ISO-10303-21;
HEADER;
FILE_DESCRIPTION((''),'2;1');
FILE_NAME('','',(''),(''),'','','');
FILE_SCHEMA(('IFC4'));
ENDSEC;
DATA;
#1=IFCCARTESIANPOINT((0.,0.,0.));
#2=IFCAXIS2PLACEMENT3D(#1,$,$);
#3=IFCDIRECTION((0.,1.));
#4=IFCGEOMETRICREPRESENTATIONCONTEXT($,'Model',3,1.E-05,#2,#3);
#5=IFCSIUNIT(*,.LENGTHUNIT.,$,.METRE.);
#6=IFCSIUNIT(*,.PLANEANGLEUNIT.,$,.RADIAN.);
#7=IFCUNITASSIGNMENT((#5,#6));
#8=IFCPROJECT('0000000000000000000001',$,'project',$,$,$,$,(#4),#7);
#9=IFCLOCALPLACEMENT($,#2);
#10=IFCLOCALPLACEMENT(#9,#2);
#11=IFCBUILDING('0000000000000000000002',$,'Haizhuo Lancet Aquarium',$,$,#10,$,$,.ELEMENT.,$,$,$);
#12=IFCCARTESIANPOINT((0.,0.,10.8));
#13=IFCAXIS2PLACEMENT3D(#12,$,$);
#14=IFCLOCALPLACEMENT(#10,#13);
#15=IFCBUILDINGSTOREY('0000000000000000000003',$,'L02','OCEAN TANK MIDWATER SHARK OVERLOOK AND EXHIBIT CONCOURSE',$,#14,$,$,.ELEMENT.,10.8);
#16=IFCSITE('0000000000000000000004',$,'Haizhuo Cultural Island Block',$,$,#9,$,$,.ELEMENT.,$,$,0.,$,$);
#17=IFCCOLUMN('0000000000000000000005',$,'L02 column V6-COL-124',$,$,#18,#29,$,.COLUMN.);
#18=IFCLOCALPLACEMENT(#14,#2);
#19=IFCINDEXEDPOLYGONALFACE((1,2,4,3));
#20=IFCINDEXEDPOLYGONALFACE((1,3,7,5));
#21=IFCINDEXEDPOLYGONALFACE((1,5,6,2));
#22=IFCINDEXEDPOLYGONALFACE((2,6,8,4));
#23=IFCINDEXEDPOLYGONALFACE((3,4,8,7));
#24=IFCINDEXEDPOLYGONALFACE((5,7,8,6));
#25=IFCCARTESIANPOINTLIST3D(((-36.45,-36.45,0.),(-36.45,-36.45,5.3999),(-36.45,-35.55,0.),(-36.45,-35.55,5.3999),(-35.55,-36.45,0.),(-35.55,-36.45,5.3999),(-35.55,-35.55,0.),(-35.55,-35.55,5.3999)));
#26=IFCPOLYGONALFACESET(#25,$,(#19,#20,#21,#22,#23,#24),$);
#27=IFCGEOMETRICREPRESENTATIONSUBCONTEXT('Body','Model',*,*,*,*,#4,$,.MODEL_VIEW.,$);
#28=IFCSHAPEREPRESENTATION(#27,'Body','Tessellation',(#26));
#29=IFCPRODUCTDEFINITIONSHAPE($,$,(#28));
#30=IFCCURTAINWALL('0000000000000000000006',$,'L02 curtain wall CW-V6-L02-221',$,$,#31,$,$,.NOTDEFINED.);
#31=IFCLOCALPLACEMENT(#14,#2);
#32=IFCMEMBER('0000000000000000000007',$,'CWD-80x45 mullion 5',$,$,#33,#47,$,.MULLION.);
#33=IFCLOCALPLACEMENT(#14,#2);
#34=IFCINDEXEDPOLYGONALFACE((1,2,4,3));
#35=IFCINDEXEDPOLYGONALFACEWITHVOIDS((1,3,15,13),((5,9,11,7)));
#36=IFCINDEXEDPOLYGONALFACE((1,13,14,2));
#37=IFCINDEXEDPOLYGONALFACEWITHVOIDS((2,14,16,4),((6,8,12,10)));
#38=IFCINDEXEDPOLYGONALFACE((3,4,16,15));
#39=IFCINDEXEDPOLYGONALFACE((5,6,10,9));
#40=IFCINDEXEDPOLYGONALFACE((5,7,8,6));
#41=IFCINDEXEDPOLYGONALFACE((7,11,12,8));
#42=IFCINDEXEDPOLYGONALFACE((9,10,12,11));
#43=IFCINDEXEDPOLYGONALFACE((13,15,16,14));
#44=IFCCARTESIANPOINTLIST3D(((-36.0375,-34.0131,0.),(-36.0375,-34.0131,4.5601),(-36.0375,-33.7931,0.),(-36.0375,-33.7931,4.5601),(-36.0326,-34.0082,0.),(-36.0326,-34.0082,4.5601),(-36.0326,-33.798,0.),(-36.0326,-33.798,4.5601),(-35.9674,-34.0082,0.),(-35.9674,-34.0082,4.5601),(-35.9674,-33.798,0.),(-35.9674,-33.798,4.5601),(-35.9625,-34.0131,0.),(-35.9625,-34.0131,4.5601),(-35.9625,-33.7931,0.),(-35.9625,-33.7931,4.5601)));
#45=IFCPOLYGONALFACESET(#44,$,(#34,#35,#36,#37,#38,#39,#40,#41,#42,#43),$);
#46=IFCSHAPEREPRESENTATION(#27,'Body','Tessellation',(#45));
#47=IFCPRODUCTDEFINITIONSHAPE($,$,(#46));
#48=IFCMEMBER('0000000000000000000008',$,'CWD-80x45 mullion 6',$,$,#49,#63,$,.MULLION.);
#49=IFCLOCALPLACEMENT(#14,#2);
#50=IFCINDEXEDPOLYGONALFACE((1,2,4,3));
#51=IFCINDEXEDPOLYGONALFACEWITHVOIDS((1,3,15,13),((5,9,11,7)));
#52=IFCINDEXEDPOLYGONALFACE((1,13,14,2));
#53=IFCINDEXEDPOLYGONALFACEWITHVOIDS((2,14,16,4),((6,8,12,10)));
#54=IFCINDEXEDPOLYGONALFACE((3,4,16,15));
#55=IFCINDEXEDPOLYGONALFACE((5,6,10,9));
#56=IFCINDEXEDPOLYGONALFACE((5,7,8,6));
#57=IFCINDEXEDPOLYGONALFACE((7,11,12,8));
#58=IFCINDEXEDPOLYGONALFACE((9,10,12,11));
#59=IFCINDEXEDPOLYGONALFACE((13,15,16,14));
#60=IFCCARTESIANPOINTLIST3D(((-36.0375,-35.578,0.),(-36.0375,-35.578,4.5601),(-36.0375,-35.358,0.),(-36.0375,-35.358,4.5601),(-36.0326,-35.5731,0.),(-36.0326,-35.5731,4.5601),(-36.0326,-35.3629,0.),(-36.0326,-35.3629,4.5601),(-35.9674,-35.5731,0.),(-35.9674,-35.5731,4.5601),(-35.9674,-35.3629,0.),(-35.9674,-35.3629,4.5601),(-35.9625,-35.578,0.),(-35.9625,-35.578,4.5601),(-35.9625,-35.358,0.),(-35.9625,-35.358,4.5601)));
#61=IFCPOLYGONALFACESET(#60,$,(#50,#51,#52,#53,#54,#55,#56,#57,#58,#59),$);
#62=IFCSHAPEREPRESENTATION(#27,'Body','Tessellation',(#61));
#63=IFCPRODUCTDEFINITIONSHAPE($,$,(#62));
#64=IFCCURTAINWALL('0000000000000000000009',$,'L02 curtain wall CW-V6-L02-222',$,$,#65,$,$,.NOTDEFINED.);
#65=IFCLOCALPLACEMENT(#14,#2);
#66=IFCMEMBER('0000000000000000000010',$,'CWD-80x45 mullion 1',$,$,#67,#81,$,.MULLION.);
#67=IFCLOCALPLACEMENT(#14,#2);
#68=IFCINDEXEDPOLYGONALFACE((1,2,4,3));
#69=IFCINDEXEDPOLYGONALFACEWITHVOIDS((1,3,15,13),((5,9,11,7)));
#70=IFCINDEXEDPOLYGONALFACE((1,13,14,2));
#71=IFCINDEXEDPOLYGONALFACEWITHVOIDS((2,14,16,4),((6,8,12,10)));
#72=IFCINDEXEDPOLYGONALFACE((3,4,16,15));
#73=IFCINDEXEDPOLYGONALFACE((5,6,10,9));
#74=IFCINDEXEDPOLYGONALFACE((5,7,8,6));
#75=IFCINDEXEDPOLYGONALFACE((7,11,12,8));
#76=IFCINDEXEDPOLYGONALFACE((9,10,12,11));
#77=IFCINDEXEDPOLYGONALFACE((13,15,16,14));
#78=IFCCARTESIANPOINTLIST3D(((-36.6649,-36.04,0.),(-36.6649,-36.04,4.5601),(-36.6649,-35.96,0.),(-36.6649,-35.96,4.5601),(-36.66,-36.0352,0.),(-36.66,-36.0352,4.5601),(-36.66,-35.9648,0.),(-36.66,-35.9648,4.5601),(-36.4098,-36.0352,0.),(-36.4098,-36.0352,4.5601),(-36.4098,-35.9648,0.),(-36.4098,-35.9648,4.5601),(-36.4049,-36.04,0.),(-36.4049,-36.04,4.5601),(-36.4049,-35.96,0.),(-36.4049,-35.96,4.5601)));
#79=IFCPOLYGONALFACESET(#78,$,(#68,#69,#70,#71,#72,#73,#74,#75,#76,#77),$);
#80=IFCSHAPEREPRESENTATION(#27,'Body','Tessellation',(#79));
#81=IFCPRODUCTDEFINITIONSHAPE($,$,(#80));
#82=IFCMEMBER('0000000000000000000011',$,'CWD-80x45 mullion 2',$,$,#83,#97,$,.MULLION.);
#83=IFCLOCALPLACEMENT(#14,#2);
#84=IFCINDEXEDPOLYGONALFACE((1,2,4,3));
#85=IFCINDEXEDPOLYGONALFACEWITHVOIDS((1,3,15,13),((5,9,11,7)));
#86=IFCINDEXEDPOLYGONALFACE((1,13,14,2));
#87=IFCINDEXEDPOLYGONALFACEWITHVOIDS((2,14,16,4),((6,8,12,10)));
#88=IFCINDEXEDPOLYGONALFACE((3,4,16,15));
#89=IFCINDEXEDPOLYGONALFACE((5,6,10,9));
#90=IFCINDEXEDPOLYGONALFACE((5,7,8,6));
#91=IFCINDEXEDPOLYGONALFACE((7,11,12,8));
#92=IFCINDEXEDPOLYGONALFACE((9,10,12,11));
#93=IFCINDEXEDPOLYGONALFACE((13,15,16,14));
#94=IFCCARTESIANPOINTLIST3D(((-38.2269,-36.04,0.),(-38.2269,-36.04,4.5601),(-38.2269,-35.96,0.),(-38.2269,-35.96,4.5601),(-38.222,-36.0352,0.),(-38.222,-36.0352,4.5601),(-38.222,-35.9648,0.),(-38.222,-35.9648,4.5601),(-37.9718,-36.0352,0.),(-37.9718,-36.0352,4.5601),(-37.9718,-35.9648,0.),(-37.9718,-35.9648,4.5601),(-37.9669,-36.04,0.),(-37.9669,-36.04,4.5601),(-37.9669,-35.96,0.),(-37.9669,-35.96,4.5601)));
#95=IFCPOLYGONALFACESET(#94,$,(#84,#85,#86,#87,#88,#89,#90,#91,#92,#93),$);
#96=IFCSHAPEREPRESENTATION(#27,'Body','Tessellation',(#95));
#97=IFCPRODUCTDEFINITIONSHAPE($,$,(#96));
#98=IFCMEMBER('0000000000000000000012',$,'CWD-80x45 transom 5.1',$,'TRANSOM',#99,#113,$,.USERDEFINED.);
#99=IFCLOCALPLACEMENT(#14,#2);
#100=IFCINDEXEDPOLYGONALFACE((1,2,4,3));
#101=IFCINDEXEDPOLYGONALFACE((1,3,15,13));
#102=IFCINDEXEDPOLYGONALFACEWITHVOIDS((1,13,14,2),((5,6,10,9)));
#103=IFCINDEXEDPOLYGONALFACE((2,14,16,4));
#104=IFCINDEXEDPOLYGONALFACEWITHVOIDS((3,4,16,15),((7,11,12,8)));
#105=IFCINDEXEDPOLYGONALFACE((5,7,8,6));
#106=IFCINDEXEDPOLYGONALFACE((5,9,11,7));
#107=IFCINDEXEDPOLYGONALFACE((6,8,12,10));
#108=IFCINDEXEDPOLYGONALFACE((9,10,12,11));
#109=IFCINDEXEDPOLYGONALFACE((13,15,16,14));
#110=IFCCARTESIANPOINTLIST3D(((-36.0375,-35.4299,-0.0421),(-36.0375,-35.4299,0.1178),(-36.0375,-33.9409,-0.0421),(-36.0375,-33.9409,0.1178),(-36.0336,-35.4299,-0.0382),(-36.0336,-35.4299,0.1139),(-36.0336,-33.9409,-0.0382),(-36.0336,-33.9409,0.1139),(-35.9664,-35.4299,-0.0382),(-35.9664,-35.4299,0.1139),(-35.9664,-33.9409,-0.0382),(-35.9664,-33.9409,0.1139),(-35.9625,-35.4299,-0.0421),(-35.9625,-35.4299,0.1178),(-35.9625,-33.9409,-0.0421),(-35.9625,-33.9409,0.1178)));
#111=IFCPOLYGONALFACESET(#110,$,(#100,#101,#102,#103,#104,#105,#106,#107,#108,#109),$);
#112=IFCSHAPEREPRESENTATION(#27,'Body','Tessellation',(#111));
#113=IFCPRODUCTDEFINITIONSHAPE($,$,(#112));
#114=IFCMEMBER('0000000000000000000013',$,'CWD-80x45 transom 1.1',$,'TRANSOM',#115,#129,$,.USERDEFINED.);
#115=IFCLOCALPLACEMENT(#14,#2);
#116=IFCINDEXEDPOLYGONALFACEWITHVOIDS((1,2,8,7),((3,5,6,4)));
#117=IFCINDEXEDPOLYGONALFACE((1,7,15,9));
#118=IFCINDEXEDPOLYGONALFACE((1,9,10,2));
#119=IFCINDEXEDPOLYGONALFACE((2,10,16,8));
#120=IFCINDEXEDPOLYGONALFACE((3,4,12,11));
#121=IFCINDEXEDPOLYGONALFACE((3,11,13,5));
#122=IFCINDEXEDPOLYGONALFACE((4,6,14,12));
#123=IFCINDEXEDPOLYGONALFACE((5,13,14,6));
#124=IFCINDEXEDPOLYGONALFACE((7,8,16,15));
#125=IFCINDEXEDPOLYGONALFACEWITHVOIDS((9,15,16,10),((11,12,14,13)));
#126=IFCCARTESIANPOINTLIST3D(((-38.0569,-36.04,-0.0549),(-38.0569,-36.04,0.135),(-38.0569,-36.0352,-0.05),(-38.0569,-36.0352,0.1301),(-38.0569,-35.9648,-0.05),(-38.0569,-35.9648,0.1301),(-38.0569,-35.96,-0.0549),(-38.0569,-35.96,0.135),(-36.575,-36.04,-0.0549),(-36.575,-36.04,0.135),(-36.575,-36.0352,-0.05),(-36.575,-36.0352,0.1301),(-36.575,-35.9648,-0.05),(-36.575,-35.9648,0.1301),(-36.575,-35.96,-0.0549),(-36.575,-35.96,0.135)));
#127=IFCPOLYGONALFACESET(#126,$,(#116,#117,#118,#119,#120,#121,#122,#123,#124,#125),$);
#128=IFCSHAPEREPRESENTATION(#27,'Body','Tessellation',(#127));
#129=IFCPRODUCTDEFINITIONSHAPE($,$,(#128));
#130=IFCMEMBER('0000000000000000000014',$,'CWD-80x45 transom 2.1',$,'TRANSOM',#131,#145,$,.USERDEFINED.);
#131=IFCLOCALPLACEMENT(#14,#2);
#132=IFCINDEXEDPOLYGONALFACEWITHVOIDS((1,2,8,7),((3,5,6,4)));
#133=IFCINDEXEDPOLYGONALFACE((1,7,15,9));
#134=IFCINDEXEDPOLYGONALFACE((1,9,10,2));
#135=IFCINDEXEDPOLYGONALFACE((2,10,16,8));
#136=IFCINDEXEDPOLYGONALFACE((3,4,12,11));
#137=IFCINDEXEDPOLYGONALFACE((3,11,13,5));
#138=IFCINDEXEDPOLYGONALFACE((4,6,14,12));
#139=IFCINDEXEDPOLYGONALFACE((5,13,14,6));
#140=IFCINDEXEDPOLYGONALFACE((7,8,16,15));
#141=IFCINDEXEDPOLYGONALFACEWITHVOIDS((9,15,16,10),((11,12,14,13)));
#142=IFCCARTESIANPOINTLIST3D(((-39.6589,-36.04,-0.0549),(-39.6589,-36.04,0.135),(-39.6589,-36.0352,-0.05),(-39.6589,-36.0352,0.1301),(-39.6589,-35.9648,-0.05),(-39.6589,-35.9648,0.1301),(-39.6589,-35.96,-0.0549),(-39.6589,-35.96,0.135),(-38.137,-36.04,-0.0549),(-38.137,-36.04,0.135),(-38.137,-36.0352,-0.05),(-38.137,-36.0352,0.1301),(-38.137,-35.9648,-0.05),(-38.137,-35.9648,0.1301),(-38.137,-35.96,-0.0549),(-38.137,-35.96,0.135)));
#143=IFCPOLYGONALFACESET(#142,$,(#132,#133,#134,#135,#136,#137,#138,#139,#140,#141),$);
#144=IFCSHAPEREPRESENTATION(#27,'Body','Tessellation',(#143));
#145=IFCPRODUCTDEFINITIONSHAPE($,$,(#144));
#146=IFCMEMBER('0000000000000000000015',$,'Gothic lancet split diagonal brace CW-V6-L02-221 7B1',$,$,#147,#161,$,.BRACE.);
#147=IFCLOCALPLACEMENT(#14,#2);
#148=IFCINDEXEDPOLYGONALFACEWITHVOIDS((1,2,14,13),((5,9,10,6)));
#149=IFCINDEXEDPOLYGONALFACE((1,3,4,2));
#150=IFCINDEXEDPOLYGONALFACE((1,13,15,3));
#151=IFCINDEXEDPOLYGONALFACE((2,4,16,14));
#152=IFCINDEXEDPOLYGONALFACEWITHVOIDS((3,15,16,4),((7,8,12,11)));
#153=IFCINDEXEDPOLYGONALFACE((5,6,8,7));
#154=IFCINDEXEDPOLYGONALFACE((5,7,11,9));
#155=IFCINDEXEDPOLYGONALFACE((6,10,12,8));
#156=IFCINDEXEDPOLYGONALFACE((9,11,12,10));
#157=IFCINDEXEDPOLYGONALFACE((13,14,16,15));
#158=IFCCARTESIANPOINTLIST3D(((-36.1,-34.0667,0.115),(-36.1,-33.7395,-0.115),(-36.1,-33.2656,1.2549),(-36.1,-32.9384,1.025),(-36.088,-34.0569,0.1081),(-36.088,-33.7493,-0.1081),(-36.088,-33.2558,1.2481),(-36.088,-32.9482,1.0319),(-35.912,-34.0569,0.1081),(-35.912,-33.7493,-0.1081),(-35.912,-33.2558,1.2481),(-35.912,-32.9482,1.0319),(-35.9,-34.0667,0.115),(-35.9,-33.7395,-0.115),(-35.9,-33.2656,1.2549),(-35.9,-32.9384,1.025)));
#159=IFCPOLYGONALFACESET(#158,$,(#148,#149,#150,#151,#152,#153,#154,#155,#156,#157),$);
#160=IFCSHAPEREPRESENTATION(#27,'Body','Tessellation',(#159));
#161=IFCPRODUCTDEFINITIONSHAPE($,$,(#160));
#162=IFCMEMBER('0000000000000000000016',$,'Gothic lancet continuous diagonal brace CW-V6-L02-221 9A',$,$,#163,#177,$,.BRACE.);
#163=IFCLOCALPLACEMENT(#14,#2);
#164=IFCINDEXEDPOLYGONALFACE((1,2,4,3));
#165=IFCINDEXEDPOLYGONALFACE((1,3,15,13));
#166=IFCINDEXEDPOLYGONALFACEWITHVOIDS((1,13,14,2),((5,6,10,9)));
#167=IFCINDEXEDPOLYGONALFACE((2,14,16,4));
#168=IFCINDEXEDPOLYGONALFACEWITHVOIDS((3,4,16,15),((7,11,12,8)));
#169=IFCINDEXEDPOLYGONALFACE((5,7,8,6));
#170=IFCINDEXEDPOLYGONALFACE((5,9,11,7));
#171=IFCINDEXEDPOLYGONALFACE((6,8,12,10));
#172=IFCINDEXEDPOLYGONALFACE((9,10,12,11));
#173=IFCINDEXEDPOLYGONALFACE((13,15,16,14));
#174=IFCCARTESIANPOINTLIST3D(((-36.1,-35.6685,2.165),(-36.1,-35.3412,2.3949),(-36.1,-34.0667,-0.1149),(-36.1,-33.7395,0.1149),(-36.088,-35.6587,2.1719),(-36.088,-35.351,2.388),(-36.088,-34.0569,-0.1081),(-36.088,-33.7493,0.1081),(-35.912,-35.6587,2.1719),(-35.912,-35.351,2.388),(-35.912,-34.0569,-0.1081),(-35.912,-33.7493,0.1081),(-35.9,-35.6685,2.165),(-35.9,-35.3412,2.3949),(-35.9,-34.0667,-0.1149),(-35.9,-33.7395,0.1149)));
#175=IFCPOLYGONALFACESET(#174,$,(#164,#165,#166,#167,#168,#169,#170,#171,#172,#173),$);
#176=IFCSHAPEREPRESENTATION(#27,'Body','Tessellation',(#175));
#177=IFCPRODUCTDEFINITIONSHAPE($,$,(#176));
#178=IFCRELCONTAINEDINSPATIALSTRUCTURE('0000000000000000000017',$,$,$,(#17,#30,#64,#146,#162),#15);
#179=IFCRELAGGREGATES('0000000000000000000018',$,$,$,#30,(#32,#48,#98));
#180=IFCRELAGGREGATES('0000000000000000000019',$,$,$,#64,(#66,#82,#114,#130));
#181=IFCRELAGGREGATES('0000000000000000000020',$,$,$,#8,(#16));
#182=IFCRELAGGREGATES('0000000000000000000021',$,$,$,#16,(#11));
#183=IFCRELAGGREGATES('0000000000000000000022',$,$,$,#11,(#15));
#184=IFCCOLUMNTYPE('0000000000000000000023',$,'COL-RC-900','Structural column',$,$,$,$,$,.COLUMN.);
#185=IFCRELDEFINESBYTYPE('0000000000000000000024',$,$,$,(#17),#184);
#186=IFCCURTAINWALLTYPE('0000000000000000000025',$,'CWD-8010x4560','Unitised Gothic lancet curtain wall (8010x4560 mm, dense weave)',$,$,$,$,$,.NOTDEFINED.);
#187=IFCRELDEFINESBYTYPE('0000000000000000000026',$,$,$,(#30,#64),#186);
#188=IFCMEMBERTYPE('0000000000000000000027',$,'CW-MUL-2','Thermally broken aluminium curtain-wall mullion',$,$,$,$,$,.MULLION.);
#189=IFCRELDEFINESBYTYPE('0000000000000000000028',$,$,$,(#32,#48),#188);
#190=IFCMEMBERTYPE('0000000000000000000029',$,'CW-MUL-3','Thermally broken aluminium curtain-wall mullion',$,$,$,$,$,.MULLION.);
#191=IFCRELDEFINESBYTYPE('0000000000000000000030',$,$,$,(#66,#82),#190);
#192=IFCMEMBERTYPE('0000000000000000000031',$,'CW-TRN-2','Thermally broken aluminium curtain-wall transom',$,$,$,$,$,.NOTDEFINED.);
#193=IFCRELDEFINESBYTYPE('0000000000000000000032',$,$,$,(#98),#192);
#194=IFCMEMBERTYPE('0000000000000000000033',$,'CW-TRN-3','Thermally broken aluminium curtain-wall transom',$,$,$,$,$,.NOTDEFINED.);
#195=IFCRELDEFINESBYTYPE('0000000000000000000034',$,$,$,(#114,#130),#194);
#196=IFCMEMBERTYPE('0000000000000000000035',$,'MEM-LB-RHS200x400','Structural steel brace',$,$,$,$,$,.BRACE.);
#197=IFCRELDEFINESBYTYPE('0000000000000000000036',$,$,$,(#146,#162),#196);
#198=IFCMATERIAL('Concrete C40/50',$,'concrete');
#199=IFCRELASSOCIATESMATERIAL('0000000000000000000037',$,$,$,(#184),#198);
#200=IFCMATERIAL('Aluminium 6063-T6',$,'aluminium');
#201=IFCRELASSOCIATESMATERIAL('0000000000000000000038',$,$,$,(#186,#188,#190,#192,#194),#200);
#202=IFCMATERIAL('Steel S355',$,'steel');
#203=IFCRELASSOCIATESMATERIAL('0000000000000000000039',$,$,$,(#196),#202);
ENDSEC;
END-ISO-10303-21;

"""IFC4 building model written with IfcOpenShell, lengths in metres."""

from ifc_helpers import new_model, si_unit, direction, frame, origin, origin_2d, place, context, subcontext, project, spatial, rectangle, hollow_rectangle, extrude, material, material_profile, profile_set, type_object, element, aggregate, save


model = new_model("IFC4")

# Units and contexts
model_context = context("Model", 3, precision=1e-05, world=origin(), true_north=direction((0.0, 1.0)))
body_context = subcontext(model_context, "Body", "Model", "MODEL_VIEW")
ifc_project = project(units=[si_unit("LENGTHUNIT", "METRE"), si_unit("PLANEANGLEUNIT", "RADIAN")], contexts=[model_context])

# Site, building, storey
site_placement = place(None, origin())
site = spatial("IfcSite", under=ifc_project, at=site_placement, Name="Haizhuo Cultural Island Block", CompositionType="ELEMENT", RefElevation=0.0)
building_placement = place(site_placement, origin())
building = spatial("IfcBuilding", under=site, at=building_placement, Name="Haizhuo Lancet Aquarium", CompositionType="ELEMENT")
storey_placement = place(building_placement, frame((0.0, 0.0, 10.8)))
storey = spatial("IfcBuildingStorey", under=building, at=storey_placement, Name="L02", Description="OCEAN TANK MIDWATER SHARK OVERLOOK AND EXHIBIT CONCOURSE", CompositionType="ELEMENT", Elevation=10.8)

# Column
ifc_material_1 = material(Name="Concrete C40/50", Category="concrete")
ifc_material_profile_1 = material_profile(ifc_material_1, rectangle(XDim=0.8999, YDim=0.8999, at=origin_2d()), Name="RC-COL 900x900")
ifc_profile_set_1 = profile_set([ifc_material_profile_1], Name="Concrete C40/50")
column_type = type_object("IfcColumnType", Name="COL-RC-900", Description="Structural column", PredefinedType="COLUMN", material=ifc_profile_set_1)
column_placement = place(storey_placement, frame((-36.0, -36.0, 0.0), z_axis=(0.0, 0.0, 1.0), x_axis=(1.0, 0.0, 0.0)))
element("IfcColumn", 1, at=column_placement, inside=storey, type_object=column_type, Name="L02 column V6-COL-124", PredefinedType="COLUMN", context=body_context, shape_type="SweptSolid", body=[
    extrude(rectangle(XDim=0.8999, YDim=0.8999, at=origin_2d()), origin(), (0.0, 0.0, 1.0), 5.3999),
])

# Curtain walls, members
ifc_material_2 = material(Name="Aluminium 6063-T6", Category="aluminium")
curtain_wall_type = type_object("IfcCurtainWallType", Name="CWD-8010x4560", Description="Unitised Gothic lancet curtain wall (8010x4560 mm, dense weave)", PredefinedType="NOTDEFINED", material=ifc_material_2)
curtain_wall_1_placement = place(storey_placement, origin())
curtain_wall_1 = element("IfcCurtainWall", 2, at=curtain_wall_1_placement, inside=storey, type_object=curtain_wall_type, Name="L02 curtain wall CW-V6-L02-221", PredefinedType="NOTDEFINED")
ifc_material_profile_2 = material_profile(ifc_material_2, hollow_rectangle(XDim=0.075, YDim=0.22, WallThickness=0.0049, at=origin_2d()), Name="ALU-M 75x220x5")
ifc_profile_set_2 = profile_set([ifc_material_profile_2], Name="Aluminium 6063-T6")
member_type_1 = type_object("IfcMemberType", Name="CW-MUL-2", Description="Thermally broken aluminium curtain-wall mullion", PredefinedType="MULLION", material=ifc_profile_set_2)
member_1_placement = place(storey_placement, frame((-36.0, -33.9031, 0.0), z_axis=(0.0, 0.0, 1.0), x_axis=(1.0, 0.0, 0.0)))
member_1 = element("IfcMember", 3, at=member_1_placement, type_object=member_type_1, Name="CWD-80x45 mullion 5", PredefinedType="MULLION", context=body_context, shape_type="SweptSolid", body=[
    extrude(hollow_rectangle(XDim=0.075, YDim=0.22, WallThickness=0.0049, at=origin_2d()), origin(), (0.0, 0.0, 1.0), 4.5601),
])
member_2_placement = place(storey_placement, frame((-36.0, -35.468, 0.0), z_axis=(0.0, 0.0, 1.0), x_axis=(1.0, 0.0, 0.0)))
member_2 = element("IfcMember", 4, at=member_2_placement, type_object=member_type_1, Name="CWD-80x45 mullion 6", PredefinedType="MULLION", context=body_context, shape_type="SweptSolid", body=[
    extrude(hollow_rectangle(XDim=0.075, YDim=0.22, WallThickness=0.0049, at=origin_2d()), origin(), (0.0, 0.0, 1.0), 4.5601),
])
curtain_wall_2_placement = place(storey_placement, origin())
curtain_wall_2 = element("IfcCurtainWall", 5, at=curtain_wall_2_placement, inside=storey, type_object=curtain_wall_type, Name="L02 curtain wall CW-V6-L02-222", PredefinedType="NOTDEFINED")
ifc_material_profile_3 = material_profile(ifc_material_2, hollow_rectangle(XDim=0.0801, YDim=0.26, WallThickness=0.0049, at=origin_2d()), Name="ALU-M 80x260x5")
ifc_profile_set_3 = profile_set([ifc_material_profile_3], Name="Aluminium 6063-T6")
member_type_2 = type_object("IfcMemberType", Name="CW-MUL-3", Description="Thermally broken aluminium curtain-wall mullion", PredefinedType="MULLION", material=ifc_profile_set_3)
member_3_placement = place(storey_placement, frame((-36.5349, -36.0, 0.0), z_axis=(0.0, 0.0, 1.0), x_axis=(0.0, -1.0, 0.0)))
member_3 = element("IfcMember", 6, at=member_3_placement, type_object=member_type_2, Name="CWD-80x45 mullion 1", PredefinedType="MULLION", context=body_context, shape_type="SweptSolid", body=[
    extrude(hollow_rectangle(XDim=0.0801, YDim=0.26, WallThickness=0.0049, at=origin_2d()), origin(), (0.0, 0.0, 1.0), 4.5601),
])
member_4_placement = place(storey_placement, frame((-38.0969, -36.0, 0.0), z_axis=(0.0, 0.0, 1.0), x_axis=(0.0, -1.0, 0.0)))
member_4 = element("IfcMember", 7, at=member_4_placement, type_object=member_type_2, Name="CWD-80x45 mullion 2", PredefinedType="MULLION", context=body_context, shape_type="SweptSolid", body=[
    extrude(hollow_rectangle(XDim=0.0801, YDim=0.26, WallThickness=0.0049, at=origin_2d()), origin(), (0.0, 0.0, 1.0), 4.5601),
])

# Members
ifc_material_profile_4 = material_profile(ifc_material_2, hollow_rectangle(XDim=0.075, YDim=0.1599, WallThickness=0.0039, at=origin_2d()), Name="ALU-T 75x160x4")
ifc_profile_set_4 = profile_set([ifc_material_profile_4], Name="Aluminium 6063-T6")
member_type_3 = type_object("IfcMemberType", Name="CW-TRN-2", Description="Thermally broken aluminium curtain-wall transom", PredefinedType="NOTDEFINED", material=ifc_profile_set_4)
member_5_placement = place(storey_placement, frame((-36.0, -33.9409, 0.0378), z_axis=(0.0, -1.0, 0.0), x_axis=(1.0, 0.0, 0.0)))
member_5 = element("IfcMember", 8, at=member_5_placement, type_object=member_type_3, Name="CWD-80x45 transom 5.1", ObjectType="TRANSOM", PredefinedType="USERDEFINED", context=body_context, shape_type="SweptSolid", body=[
    extrude(hollow_rectangle(XDim=0.075, YDim=0.1599, WallThickness=0.0039, at=origin_2d()), origin(), (0.0, 0.0, 1.0), 1.489),
])
ifc_material_profile_5 = material_profile(ifc_material_2, hollow_rectangle(XDim=0.0801, YDim=0.1899, WallThickness=0.0049, at=origin_2d()), Name="ALU-T 80x190x5")
ifc_profile_set_5 = profile_set([ifc_material_profile_5], Name="Aluminium 6063-T6")
member_type_4 = type_object("IfcMemberType", Name="CW-TRN-3", Description="Thermally broken aluminium curtain-wall transom", PredefinedType="NOTDEFINED", material=ifc_profile_set_5)
member_6_placement = place(storey_placement, frame((-36.575, -36.0, 0.04), z_axis=(-1.0, 0.0, 0.0), x_axis=(0.0, -1.0, 0.0)))
member_6 = element("IfcMember", 9, at=member_6_placement, type_object=member_type_4, Name="CWD-80x45 transom 1.1", ObjectType="TRANSOM", PredefinedType="USERDEFINED", context=body_context, shape_type="SweptSolid", body=[
    extrude(hollow_rectangle(XDim=0.0801, YDim=0.1899, WallThickness=0.0049, at=origin_2d()), origin(), (0.0, 0.0, 1.0), 1.4819),
])
member_7_placement = place(storey_placement, frame((-38.137, -36.0, 0.04), z_axis=(-1.0, 0.0, 0.0), x_axis=(0.0, -1.0, 0.0)))
member_7 = element("IfcMember", 10, at=member_7_placement, type_object=member_type_4, Name="CWD-80x45 transom 2.1", ObjectType="TRANSOM", PredefinedType="USERDEFINED", context=body_context, shape_type="SweptSolid", body=[
    extrude(hollow_rectangle(XDim=0.0801, YDim=0.1899, WallThickness=0.0049, at=origin_2d()), origin(), (0.0, 0.0, 1.0), 1.522),
])

# Members
ifc_material_3 = material(Name="Steel S355", Category="steel")
ifc_material_profile_6 = material_profile(ifc_material_3, hollow_rectangle(XDim=0.2, YDim=0.3999, WallThickness=0.012, at=origin_2d()), Name="RHS 200x400x12")
ifc_profile_set_6 = profile_set([ifc_material_profile_6], Name="Steel S355")
member_type_5 = type_object("IfcMemberType", Name="MEM-LB-RHS200x400", Description="Structural steel brace", PredefinedType="BRACE", material=ifc_profile_set_6)
member_8_placement = place(storey_placement, frame((-36.0, -33.9031, 0.0), z_axis=(0.0, 0.574955, 0.818185), x_axis=(-1.0, 0.0, 0.0)))
element("IfcMember", 11, at=member_8_placement, inside=storey, type_object=member_type_5, Name="Gothic lancet split diagonal brace CW-V6-L02-221 7B1", PredefinedType="BRACE", context=body_context, shape_type="SweptSolid", body=[
    extrude(hollow_rectangle(XDim=0.2, YDim=0.3999, WallThickness=0.012, at=origin_2d()), origin(), (0.0, 0.0, 1.0), 1.3933),
])
member_9_placement = place(storey_placement, frame((-36.0, -33.9031, 0.0), z_axis=(0.0, -0.574855, 0.818255), x_axis=(1.0, 0.0, 0.0)))
element("IfcMember", 12, at=member_9_placement, inside=storey, type_object=member_type_5, Name="Gothic lancet continuous diagonal brace CW-V6-L02-221 9A", PredefinedType="BRACE", context=body_context, shape_type="SweptSolid", body=[
    extrude(hollow_rectangle(XDim=0.2, YDim=0.3999, WallThickness=0.012, at=origin_2d()), origin(), (0.0, 0.0, 1.0), 2.7864),
])

aggregate(curtain_wall_1, [member_1, member_2, member_5])
aggregate(curtain_wall_2, [member_3, member_4, member_6, member_7])

save(model, "model.ifc")
